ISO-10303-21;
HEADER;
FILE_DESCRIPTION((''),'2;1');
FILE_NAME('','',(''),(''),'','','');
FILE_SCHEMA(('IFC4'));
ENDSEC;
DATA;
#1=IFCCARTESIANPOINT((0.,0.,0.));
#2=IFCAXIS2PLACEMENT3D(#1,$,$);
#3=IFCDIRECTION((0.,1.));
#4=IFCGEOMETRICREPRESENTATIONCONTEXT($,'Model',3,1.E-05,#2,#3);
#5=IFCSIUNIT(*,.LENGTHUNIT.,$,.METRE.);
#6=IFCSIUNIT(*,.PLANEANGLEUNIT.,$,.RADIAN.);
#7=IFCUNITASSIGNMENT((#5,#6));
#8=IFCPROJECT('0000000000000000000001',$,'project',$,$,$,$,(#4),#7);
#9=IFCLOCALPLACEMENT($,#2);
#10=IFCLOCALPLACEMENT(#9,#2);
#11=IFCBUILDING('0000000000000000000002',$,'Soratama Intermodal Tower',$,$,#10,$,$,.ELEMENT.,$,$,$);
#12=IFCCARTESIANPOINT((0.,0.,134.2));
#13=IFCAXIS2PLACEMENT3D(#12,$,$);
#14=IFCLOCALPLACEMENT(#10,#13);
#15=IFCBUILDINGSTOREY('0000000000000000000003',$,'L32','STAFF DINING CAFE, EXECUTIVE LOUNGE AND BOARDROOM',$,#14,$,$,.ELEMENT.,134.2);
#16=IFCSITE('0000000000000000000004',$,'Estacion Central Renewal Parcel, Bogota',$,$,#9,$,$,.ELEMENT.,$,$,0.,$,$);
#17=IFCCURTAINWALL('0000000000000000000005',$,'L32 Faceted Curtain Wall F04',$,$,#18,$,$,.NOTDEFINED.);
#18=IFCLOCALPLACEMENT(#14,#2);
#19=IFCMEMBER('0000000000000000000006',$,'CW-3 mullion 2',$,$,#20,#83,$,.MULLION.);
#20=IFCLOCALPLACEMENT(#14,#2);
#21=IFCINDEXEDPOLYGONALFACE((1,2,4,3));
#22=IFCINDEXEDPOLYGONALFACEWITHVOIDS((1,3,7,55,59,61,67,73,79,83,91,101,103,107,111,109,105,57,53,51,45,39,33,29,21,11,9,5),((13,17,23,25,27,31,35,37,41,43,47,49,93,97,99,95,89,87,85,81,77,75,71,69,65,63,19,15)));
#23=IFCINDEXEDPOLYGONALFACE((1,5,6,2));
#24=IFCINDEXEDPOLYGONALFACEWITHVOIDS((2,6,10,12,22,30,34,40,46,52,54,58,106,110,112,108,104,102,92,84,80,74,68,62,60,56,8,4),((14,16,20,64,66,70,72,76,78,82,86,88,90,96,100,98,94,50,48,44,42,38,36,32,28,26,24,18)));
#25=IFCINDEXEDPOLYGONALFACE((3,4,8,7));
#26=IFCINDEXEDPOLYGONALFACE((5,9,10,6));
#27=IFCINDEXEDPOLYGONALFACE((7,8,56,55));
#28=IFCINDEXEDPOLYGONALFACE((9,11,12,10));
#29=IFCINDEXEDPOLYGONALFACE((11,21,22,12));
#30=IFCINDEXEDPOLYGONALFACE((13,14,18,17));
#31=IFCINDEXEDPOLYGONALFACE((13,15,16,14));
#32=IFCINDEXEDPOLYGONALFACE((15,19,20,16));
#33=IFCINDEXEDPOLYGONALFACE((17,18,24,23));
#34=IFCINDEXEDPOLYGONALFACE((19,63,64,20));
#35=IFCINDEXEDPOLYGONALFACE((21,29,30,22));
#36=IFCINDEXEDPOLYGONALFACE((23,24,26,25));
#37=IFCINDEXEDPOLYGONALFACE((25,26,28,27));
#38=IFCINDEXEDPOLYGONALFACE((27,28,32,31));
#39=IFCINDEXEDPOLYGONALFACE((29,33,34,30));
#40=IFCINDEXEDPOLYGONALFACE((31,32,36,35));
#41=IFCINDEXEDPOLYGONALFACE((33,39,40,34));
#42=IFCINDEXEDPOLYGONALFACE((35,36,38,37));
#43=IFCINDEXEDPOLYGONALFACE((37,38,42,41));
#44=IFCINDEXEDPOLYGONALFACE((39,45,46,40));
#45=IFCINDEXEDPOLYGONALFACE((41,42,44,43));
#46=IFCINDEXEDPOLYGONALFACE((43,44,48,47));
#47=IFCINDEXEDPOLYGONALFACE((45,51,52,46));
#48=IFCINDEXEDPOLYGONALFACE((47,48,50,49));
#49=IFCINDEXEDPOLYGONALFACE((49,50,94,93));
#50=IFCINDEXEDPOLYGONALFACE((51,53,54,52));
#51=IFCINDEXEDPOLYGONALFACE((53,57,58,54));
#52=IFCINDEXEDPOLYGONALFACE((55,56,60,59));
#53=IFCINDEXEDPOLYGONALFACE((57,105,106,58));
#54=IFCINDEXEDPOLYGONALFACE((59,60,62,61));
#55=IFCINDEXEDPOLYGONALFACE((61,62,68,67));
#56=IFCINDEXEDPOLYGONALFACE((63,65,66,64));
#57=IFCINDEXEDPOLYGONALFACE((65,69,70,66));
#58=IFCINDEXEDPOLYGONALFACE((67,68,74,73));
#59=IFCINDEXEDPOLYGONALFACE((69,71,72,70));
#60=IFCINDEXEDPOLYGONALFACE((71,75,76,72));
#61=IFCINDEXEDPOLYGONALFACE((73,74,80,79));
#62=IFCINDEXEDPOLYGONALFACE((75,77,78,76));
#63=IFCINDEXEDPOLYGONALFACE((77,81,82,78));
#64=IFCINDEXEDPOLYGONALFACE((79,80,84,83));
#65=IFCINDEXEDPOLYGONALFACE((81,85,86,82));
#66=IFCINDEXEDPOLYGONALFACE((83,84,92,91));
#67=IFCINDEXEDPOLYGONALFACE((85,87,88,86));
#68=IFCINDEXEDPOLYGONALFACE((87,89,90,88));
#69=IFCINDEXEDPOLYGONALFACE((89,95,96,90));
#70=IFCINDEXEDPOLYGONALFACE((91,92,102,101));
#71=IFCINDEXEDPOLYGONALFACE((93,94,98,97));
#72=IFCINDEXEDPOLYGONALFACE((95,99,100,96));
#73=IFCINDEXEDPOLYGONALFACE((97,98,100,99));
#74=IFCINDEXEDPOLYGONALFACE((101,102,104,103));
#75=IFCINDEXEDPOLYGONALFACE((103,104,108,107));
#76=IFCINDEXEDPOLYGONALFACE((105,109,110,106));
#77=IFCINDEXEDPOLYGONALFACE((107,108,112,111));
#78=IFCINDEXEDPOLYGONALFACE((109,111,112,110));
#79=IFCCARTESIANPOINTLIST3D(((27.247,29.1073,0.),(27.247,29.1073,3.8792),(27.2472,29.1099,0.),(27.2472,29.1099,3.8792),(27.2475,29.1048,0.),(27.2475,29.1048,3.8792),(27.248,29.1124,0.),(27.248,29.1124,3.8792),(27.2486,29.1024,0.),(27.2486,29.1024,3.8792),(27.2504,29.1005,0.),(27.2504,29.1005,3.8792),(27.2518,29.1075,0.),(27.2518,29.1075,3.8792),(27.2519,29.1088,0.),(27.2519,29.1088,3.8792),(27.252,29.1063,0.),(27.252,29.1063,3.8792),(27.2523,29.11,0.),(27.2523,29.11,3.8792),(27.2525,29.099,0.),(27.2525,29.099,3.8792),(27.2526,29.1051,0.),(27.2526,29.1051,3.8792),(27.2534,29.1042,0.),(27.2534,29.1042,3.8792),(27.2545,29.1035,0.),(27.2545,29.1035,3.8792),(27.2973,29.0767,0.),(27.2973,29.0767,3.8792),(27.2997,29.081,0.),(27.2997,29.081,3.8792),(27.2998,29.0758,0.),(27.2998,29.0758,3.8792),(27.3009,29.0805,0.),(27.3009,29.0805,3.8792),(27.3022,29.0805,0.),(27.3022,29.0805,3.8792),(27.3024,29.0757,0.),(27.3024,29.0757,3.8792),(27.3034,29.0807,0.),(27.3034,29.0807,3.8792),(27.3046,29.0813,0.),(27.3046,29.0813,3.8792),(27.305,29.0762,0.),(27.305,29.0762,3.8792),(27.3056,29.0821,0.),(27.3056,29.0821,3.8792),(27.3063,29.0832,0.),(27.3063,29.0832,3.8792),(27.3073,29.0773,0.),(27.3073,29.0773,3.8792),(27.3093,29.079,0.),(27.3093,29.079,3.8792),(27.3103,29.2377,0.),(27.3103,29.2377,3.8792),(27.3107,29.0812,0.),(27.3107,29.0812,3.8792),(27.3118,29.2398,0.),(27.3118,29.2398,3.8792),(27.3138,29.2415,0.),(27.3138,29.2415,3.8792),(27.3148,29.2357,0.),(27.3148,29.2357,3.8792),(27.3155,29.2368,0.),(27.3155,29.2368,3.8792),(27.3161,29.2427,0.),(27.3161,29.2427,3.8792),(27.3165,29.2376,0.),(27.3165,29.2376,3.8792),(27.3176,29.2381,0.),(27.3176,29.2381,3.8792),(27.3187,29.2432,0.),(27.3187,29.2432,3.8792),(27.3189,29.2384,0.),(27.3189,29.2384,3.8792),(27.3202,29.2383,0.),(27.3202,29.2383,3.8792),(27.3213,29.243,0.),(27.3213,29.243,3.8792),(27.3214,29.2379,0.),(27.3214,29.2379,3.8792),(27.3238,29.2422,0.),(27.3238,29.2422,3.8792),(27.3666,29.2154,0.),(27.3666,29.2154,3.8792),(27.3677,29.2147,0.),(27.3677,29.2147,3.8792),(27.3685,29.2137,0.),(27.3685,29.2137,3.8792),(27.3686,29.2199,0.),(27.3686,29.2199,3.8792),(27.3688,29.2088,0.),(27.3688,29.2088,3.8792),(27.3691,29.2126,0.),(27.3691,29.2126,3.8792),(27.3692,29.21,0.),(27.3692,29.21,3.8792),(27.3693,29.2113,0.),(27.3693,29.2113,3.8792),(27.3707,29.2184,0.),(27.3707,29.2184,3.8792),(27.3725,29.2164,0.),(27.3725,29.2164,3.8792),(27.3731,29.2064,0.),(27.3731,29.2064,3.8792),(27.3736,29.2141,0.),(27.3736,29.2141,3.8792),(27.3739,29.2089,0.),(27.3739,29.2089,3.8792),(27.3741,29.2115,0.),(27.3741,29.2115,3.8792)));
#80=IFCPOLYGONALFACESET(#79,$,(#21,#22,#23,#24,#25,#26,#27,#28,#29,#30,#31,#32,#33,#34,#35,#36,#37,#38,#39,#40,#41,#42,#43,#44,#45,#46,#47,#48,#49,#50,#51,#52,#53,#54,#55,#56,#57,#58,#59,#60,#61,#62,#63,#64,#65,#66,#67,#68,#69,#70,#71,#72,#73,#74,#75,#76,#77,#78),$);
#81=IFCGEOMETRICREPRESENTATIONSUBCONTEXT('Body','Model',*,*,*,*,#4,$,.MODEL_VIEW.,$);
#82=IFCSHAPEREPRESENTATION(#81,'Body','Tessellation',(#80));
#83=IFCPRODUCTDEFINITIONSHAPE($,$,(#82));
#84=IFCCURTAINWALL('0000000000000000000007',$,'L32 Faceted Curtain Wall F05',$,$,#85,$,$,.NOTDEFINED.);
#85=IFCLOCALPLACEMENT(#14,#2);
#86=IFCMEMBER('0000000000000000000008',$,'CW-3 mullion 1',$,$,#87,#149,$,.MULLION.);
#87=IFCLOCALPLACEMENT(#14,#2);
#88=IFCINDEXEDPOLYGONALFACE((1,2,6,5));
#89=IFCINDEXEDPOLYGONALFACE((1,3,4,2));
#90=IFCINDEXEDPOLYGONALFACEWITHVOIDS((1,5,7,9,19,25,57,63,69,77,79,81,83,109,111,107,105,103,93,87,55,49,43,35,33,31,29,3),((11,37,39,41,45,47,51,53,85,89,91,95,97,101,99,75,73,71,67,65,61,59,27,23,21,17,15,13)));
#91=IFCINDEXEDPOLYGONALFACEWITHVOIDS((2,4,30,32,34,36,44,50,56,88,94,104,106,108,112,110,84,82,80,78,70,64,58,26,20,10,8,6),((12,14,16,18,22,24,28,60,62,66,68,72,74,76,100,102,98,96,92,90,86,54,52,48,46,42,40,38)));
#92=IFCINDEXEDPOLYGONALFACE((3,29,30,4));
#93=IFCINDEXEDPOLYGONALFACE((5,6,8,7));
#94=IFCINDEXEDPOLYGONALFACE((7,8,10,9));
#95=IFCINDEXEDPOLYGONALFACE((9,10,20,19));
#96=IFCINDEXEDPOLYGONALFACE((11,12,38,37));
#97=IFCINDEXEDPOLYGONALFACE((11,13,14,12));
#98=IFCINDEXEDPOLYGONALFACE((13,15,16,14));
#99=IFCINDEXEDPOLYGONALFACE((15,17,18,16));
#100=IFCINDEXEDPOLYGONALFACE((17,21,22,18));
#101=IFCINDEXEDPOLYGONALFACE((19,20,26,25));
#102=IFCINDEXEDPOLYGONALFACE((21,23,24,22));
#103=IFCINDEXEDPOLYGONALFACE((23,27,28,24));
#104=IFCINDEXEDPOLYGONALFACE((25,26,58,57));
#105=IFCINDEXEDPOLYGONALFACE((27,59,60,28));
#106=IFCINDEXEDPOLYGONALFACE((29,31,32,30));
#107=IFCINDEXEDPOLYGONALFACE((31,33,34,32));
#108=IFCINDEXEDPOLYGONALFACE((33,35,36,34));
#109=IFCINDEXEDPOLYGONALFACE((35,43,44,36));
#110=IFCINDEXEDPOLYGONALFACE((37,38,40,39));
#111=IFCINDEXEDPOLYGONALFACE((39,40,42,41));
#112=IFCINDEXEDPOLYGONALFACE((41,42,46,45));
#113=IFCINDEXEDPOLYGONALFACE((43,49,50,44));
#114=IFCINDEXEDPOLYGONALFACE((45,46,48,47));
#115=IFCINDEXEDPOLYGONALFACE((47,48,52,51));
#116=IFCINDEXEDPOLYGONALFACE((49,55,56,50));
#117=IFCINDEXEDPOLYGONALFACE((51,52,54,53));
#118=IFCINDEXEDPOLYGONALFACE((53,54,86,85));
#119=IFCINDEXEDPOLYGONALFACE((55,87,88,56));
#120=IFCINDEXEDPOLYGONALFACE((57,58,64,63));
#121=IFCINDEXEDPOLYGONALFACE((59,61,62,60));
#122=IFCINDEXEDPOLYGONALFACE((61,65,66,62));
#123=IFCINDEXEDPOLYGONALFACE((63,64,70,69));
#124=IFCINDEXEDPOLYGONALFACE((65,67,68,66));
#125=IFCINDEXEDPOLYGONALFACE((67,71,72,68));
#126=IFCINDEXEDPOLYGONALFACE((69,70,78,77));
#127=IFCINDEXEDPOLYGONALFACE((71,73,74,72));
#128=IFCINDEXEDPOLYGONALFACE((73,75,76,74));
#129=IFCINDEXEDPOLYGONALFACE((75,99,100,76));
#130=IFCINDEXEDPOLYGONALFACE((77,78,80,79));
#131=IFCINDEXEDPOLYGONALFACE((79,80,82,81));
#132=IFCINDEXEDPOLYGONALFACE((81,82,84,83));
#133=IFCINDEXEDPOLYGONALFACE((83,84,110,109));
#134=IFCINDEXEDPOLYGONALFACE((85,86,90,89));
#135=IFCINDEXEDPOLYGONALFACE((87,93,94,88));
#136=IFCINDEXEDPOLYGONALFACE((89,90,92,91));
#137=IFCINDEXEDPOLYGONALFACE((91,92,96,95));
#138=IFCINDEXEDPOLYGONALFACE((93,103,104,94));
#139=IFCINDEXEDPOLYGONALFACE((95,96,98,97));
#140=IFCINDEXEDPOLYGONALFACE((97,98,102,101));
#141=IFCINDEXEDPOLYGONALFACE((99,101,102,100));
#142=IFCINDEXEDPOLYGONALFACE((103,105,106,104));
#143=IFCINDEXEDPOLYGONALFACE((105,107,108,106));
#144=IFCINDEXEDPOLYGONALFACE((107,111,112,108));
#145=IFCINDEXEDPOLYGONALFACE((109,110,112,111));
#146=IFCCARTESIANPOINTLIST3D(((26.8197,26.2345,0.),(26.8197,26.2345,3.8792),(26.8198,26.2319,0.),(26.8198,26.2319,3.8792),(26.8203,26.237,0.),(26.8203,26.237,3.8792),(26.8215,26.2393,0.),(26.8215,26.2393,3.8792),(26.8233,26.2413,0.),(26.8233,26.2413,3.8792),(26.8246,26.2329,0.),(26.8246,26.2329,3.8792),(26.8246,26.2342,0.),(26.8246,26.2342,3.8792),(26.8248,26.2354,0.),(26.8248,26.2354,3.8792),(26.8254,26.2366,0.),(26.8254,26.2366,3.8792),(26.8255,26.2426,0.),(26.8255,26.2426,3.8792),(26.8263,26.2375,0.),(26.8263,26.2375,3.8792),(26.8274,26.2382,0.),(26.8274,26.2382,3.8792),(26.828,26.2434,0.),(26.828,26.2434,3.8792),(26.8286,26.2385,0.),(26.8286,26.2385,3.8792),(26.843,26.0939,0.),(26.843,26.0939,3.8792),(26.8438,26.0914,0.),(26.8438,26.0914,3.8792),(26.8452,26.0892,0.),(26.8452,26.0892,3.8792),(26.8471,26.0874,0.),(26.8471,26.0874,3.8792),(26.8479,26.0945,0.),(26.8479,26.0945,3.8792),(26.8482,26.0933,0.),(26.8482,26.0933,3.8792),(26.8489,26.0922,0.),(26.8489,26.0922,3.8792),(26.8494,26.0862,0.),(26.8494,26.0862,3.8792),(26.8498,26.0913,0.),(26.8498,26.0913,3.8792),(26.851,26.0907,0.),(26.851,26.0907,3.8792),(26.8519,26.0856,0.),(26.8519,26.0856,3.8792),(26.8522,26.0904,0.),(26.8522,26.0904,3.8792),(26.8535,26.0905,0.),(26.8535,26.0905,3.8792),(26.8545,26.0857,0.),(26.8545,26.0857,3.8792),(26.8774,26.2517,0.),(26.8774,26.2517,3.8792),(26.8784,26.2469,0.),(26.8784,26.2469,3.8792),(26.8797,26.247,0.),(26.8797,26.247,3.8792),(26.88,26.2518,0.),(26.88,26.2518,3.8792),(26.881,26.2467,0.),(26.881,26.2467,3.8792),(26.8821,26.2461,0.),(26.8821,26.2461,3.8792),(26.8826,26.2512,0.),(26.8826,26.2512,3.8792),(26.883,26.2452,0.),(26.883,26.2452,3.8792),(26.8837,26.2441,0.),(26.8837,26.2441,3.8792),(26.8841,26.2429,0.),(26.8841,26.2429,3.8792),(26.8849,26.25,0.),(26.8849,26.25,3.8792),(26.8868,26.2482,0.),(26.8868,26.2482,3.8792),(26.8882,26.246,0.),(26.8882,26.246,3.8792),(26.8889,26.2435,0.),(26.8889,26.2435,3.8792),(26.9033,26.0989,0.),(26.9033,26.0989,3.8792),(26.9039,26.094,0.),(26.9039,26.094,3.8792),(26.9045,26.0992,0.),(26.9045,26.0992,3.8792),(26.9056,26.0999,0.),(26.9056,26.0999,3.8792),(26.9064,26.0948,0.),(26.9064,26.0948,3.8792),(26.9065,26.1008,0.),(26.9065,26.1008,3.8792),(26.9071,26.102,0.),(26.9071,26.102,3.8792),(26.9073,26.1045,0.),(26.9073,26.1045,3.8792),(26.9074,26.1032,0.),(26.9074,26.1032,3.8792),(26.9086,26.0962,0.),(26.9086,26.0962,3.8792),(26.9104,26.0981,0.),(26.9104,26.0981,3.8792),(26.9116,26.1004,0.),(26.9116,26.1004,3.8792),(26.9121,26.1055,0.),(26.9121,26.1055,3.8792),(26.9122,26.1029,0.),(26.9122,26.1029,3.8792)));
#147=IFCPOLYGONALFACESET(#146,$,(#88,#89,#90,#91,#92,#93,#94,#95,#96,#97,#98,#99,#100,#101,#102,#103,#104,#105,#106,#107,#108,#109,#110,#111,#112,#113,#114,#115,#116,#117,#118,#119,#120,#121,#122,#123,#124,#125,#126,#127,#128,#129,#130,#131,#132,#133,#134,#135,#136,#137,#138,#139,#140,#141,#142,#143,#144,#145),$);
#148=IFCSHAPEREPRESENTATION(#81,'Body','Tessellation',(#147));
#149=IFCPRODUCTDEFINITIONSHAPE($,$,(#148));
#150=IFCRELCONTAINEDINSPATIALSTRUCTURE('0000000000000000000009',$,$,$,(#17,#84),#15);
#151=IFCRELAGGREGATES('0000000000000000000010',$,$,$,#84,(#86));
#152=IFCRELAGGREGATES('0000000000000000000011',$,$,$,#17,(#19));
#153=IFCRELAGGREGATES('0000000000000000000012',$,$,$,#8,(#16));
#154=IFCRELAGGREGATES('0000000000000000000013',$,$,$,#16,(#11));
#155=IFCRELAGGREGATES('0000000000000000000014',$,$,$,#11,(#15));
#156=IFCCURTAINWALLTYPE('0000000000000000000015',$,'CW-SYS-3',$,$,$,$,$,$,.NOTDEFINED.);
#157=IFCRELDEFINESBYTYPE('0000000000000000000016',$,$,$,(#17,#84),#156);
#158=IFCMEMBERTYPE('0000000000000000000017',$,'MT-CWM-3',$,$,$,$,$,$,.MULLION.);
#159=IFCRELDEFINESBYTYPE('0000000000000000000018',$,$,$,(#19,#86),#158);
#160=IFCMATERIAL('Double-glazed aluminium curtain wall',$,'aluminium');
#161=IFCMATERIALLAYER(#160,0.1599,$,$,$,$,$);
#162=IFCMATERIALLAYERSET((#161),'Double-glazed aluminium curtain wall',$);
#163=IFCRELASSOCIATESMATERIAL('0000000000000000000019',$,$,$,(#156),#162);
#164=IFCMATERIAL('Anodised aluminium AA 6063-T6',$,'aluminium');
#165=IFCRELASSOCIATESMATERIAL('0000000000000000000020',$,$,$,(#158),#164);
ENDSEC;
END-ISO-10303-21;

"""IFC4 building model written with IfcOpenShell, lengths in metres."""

from ifc_helpers import new_model, si_unit, direction, frame, origin, origin_2d, place, context, subcontext, project, spatial, hollow_rectangle, extrude, material, layer, layer_set, material_profile, profile_set, type_object, element, aggregate, save


model = new_model("IFC4")

# Units and contexts
model_context = context("Model", 3, precision=1e-05, world=origin(), true_north=direction((0.0, 1.0)))
body_context = subcontext(model_context, "Body", "Model", "MODEL_VIEW")
ifc_project = project(units=[si_unit("LENGTHUNIT", "METRE"), si_unit("PLANEANGLEUNIT", "RADIAN")], contexts=[model_context])

# Site, building, storey
site_placement = place(None, origin())
site = spatial("IfcSite", under=ifc_project, at=site_placement, Name="Estacion Central Renewal Parcel, Bogota", CompositionType="ELEMENT", RefElevation=0.0)
building_placement = place(site_placement, origin())
building = spatial("IfcBuilding", under=site, at=building_placement, Name="Soratama Intermodal Tower", CompositionType="ELEMENT")
storey_placement = place(building_placement, frame((0.0, 0.0, 134.2)))
storey = spatial("IfcBuildingStorey", under=building, at=storey_placement, Name="L32", Description="STAFF DINING CAFE, EXECUTIVE LOUNGE AND BOARDROOM", CompositionType="ELEMENT", Elevation=134.2)

# Curtain wall, member
ifc_material_1 = material(Name="Double-glazed aluminium curtain wall", Category="aluminium")
ifc_layer_1 = layer(ifc_material_1, 0.1599)
ifc_layer_set_1 = layer_set([ifc_layer_1], Name="Double-glazed aluminium curtain wall")
curtain_wall_type = type_object("IfcCurtainWallType", Name="CW-SYS-3", PredefinedType="NOTDEFINED", material=ifc_layer_set_1)
curtain_wall_1_placement = place(storey_placement, origin())
curtain_wall_1 = element("IfcCurtainWall", 1, at=curtain_wall_1_placement, inside=storey, type_object=curtain_wall_type, Name="L32 Faceted Curtain Wall F04", PredefinedType="NOTDEFINED")
ifc_material_2 = material(Name="Anodised aluminium AA 6063-T6", Category="aluminium")
ifc_material_profile_1 = material_profile(ifc_material_2, hollow_rectangle(XDim=0.0701, YDim=0.1599, WallThickness=0.0049, InnerFilletRadius=0.0049, OuterFilletRadius=0.01, at=origin_2d()), Name="CWM160X70X5")
ifc_profile_set_1 = profile_set([ifc_material_profile_1], Name="Anodised aluminium AA 6063-T6")
member_type_1 = type_object("IfcMemberType", Name="MT-CWM-3", PredefinedType="MULLION", material=ifc_profile_set_1)
member_1_placement = place(storey_placement, frame((27.3105, 29.1594, 0.0), z_axis=(0.0, 0.0, 1.0), x_axis=(0.895247, -0.44557, 0.0)))
member_1 = element("IfcMember", 2, at=member_1_placement, type_object=member_type_1, Name="CW-3 mullion 2", PredefinedType="MULLION", context=body_context, shape_type="SweptSolid", body=[
    extrude(hollow_rectangle(XDim=0.0701, YDim=0.1599, WallThickness=0.0049, InnerFilletRadius=0.0049, OuterFilletRadius=0.01, at=origin_2d()), origin(), (0.0, 0.0, 1.0), 3.8792),
])

# Curtain wall, member
curtain_wall_2_placement = place(storey_placement, origin())
curtain_wall_2 = element("IfcCurtainWall", 3, at=curtain_wall_2_placement, inside=storey, type_object=curtain_wall_type, Name="L32 Faceted Curtain Wall F05", PredefinedType="NOTDEFINED")
member_2_placement = place(storey_placement, frame((26.866, 26.1687, 0.0), z_axis=(0.0, 0.0, 1.0), x_axis=(0.986171, 0.165731, 0.0)))
member_2 = element("IfcMember", 4, at=member_2_placement, type_object=member_type_1, Name="CW-3 mullion 1", PredefinedType="MULLION", context=body_context, shape_type="SweptSolid", body=[
    extrude(hollow_rectangle(XDim=0.0701, YDim=0.1599, WallThickness=0.0049, InnerFilletRadius=0.0049, OuterFilletRadius=0.01, at=origin_2d()), origin(), (0.0, 0.0, 1.0), 3.8792),
])
aggregate(curtain_wall_2, [member_2])

aggregate(curtain_wall_1, [member_1])

save(model, "model.ifc")
